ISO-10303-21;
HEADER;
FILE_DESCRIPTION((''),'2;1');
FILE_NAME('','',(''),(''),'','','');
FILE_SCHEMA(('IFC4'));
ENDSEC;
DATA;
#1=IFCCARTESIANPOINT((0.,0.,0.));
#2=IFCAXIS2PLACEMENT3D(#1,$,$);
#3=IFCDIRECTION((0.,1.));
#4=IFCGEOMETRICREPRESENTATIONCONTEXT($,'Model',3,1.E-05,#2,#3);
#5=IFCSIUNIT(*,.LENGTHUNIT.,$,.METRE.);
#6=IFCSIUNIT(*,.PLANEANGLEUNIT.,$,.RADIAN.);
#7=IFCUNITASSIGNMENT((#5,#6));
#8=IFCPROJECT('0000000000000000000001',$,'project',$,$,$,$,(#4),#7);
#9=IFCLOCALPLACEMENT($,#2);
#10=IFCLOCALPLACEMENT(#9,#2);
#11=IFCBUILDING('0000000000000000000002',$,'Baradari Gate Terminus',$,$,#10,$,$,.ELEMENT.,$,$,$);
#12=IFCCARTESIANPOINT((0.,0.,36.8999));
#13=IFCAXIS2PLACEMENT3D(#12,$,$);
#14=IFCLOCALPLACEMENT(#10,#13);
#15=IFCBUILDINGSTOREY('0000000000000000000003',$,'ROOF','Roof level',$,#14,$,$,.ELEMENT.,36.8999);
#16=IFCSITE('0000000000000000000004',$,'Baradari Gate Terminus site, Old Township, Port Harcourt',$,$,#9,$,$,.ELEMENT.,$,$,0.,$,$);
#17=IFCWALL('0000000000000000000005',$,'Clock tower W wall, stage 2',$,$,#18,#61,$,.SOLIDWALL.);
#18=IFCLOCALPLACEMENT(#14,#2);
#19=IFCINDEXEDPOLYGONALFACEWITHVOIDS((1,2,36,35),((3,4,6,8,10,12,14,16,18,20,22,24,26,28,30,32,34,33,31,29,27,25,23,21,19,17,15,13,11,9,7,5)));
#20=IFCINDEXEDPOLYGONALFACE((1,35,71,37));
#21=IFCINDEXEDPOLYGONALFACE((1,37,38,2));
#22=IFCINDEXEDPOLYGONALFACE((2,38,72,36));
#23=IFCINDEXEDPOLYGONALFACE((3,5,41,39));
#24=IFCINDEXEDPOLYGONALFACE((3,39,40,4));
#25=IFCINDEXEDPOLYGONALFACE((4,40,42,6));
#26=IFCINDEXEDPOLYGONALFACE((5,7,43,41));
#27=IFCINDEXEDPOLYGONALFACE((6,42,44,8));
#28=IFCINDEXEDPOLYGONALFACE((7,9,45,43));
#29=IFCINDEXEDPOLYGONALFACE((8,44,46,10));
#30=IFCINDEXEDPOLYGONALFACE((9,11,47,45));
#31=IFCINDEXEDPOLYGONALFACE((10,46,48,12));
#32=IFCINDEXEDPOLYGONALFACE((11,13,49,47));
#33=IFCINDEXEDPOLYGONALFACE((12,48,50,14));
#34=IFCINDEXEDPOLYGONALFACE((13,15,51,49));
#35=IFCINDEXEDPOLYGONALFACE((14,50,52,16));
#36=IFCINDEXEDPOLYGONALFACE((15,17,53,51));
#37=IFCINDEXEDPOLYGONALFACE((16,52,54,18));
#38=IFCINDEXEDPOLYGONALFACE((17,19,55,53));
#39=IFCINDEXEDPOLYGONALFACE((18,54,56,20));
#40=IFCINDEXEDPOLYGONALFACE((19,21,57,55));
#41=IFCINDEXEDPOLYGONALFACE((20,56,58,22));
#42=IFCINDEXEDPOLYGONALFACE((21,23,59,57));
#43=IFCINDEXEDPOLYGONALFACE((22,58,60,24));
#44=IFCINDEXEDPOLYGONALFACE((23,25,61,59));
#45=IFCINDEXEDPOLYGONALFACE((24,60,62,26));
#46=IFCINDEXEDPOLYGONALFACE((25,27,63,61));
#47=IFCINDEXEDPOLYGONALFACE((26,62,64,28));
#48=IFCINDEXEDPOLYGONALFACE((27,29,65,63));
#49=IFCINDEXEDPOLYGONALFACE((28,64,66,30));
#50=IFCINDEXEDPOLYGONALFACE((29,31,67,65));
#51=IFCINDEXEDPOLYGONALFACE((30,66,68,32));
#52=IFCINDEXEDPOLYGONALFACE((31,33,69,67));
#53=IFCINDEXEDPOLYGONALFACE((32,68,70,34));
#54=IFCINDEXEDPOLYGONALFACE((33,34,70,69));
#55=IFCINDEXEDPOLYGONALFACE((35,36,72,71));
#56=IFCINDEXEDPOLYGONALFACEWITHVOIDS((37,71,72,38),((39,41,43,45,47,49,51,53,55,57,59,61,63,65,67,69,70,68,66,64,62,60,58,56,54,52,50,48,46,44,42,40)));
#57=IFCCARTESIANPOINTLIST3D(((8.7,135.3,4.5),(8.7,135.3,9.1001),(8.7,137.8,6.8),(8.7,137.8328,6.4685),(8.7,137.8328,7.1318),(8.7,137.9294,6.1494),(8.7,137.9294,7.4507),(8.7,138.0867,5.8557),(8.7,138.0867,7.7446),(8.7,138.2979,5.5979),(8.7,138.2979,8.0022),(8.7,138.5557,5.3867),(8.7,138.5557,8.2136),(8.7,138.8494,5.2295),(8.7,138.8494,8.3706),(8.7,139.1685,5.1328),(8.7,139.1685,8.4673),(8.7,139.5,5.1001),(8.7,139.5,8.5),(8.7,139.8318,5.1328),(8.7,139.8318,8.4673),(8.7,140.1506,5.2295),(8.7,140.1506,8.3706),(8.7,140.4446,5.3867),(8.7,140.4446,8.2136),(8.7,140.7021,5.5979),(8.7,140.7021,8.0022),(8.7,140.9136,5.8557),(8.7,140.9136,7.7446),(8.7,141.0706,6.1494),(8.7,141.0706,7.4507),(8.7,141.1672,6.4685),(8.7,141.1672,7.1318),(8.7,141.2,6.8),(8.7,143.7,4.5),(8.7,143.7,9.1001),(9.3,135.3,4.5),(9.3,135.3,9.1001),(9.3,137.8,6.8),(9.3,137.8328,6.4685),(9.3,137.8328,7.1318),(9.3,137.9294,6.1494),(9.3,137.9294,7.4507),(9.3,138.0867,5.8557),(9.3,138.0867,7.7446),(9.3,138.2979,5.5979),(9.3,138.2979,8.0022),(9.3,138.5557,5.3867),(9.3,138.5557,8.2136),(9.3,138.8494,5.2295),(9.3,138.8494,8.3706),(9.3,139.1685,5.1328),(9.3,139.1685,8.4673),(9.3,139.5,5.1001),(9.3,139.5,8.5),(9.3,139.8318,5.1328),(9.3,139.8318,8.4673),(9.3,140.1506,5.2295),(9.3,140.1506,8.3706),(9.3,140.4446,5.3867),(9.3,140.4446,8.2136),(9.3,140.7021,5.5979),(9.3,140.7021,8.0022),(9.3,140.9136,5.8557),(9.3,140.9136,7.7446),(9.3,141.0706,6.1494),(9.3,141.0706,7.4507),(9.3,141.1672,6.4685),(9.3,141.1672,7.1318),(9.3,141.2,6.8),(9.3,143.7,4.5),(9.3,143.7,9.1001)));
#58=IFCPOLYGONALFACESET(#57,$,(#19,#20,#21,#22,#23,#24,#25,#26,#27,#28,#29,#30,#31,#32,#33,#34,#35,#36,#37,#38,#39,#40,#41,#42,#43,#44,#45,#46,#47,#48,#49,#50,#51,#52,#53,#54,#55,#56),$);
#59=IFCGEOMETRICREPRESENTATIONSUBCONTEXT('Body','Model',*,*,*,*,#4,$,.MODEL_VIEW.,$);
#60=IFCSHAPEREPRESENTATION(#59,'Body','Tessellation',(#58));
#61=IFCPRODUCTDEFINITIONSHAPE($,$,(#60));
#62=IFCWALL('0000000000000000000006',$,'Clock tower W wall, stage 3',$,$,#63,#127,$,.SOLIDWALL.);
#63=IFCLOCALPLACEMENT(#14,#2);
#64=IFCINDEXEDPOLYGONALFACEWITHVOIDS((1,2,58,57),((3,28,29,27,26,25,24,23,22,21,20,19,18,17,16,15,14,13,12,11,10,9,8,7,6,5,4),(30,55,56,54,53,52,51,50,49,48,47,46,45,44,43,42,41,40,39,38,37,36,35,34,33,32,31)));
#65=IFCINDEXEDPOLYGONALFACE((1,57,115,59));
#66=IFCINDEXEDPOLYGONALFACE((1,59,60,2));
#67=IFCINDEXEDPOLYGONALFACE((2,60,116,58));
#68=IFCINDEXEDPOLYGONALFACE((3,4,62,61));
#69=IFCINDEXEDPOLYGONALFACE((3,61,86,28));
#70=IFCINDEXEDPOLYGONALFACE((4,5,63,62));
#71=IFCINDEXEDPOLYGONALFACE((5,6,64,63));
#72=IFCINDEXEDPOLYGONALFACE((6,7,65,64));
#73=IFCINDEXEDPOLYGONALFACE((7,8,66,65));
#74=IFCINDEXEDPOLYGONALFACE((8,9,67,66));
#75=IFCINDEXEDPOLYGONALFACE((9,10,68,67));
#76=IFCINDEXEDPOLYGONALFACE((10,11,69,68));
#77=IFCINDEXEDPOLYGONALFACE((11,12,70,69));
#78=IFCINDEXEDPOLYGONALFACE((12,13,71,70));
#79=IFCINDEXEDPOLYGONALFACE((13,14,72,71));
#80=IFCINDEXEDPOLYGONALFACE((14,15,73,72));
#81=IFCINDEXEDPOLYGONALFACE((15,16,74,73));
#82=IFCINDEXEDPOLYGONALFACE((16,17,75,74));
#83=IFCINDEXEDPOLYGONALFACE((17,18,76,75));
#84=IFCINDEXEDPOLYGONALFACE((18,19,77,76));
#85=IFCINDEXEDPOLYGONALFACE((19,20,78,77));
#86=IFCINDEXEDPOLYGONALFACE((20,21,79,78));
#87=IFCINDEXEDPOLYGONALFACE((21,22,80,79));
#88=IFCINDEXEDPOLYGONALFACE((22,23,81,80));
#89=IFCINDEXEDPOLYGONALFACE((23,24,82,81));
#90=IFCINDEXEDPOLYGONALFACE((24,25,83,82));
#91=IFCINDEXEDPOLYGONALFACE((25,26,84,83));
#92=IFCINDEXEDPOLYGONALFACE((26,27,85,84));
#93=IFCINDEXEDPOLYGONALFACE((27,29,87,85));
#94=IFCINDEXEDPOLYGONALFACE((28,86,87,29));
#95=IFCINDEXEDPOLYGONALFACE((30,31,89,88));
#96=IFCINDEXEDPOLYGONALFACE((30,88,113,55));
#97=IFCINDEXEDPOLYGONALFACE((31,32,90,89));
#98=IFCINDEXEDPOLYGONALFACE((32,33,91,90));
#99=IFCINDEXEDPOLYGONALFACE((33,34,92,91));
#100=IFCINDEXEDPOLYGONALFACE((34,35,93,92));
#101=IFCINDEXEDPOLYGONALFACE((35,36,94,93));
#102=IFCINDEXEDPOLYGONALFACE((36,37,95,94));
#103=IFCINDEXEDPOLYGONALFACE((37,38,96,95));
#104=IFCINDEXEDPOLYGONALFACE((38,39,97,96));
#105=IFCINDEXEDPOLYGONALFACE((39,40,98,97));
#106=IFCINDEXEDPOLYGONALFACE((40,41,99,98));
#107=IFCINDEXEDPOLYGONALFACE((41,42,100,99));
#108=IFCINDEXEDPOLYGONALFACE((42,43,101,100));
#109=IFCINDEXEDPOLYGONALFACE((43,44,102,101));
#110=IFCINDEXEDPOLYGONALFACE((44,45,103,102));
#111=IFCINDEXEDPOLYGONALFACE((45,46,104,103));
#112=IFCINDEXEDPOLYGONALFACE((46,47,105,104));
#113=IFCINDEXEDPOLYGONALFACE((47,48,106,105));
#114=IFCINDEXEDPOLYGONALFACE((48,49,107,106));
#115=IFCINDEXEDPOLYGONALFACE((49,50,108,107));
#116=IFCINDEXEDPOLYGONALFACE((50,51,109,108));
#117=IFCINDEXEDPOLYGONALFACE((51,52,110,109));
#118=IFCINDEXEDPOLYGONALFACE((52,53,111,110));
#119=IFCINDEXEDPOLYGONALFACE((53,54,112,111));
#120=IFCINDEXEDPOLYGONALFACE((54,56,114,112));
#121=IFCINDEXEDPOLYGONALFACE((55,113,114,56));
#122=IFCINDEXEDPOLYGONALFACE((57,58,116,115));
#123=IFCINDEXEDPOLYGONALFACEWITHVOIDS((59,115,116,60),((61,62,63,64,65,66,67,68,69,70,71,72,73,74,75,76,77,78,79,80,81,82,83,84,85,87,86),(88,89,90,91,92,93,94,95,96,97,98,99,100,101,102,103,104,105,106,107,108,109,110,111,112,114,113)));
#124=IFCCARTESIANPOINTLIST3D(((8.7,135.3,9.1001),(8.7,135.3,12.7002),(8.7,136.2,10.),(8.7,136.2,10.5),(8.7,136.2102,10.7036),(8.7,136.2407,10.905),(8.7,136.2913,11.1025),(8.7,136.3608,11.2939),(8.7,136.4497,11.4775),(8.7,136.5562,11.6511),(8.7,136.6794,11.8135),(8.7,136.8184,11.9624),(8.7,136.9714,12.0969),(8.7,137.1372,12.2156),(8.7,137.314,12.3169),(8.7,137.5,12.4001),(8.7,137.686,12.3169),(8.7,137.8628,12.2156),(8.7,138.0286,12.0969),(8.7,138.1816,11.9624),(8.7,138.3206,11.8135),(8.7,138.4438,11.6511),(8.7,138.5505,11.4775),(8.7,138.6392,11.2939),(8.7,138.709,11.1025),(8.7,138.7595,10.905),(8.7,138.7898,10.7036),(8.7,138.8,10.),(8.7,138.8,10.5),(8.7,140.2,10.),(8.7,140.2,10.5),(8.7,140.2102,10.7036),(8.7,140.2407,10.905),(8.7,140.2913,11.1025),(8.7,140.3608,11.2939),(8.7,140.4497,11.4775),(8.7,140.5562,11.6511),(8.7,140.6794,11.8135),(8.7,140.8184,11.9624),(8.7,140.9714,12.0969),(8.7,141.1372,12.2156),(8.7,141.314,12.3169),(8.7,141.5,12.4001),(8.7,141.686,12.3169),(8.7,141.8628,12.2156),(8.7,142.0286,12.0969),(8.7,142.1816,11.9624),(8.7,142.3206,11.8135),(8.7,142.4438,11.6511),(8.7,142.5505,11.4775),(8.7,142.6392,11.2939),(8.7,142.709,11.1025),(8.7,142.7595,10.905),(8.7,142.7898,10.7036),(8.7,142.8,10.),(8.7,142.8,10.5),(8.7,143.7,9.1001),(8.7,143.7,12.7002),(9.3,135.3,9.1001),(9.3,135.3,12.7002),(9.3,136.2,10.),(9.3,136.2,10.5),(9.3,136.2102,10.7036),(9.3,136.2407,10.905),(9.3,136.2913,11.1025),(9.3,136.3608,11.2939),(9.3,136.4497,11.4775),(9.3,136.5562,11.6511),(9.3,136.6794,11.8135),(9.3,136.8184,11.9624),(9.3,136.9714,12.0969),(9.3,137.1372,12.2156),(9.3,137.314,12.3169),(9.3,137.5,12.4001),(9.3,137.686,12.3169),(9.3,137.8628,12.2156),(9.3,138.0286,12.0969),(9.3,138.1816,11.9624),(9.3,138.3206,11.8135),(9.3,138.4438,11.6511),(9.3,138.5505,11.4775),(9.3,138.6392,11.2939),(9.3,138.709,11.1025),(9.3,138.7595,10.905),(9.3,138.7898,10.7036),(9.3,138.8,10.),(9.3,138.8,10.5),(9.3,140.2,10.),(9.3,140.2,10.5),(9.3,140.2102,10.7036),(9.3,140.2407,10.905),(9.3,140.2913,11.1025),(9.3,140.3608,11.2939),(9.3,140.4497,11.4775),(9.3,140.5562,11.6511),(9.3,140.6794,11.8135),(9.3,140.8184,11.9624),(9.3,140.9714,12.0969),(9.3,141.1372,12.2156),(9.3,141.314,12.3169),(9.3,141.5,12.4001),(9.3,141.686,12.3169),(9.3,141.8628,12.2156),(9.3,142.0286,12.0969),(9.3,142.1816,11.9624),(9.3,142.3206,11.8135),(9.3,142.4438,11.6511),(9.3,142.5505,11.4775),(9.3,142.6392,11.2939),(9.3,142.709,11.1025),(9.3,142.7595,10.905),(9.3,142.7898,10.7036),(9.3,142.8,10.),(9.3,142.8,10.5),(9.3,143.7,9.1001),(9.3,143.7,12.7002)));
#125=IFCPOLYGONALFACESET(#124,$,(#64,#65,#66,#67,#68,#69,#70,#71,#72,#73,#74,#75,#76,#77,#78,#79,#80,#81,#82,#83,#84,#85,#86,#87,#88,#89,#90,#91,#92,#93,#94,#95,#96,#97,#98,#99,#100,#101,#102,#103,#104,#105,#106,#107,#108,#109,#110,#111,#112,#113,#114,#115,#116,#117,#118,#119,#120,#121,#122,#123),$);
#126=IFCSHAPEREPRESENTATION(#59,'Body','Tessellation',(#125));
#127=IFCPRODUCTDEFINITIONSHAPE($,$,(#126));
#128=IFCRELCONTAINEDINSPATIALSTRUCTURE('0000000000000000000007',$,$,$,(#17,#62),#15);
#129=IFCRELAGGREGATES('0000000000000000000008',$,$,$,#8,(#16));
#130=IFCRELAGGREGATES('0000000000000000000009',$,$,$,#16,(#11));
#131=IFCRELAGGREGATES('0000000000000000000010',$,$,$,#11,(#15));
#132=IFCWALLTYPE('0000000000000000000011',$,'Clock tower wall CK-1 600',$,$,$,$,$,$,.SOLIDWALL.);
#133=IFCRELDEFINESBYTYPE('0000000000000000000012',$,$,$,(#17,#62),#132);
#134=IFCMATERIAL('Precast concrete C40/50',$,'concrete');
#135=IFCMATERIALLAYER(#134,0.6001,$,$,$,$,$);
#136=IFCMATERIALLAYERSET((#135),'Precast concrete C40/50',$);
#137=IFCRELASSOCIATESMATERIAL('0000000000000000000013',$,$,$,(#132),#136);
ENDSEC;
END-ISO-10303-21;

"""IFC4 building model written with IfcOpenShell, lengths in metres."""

from ifc_helpers import new_model, si_unit, direction, frame, origin, place, context, subcontext, project, spatial, polyline, outline, extrude, material, layer, layer_set, type_object, element, save


model = new_model("IFC4")

# Units and contexts
model_context = context("Model", 3, precision=1e-05, world=origin(), true_north=direction((0.0, 1.0)))
body_context = subcontext(model_context, "Body", "Model", "MODEL_VIEW")
ifc_project = project(units=[si_unit("LENGTHUNIT", "METRE"), si_unit("PLANEANGLEUNIT", "RADIAN")], contexts=[model_context])

# Site, building, storey
site_placement = place(None, origin())
site = spatial("IfcSite", under=ifc_project, at=site_placement, Name="Baradari Gate Terminus site, Old Township, Port Harcourt", CompositionType="ELEMENT", RefElevation=0.0)
building_placement = place(site_placement, origin())
building = spatial("IfcBuilding", under=site, at=building_placement, Name="Baradari Gate Terminus", CompositionType="ELEMENT")
storey_placement = place(building_placement, frame((0.0, 0.0, 36.8999)))
storey = spatial("IfcBuildingStorey", under=building, at=storey_placement, Name="ROOF", Description="Roof level", CompositionType="ELEMENT", Elevation=36.8999)

# Walls
ifc_material_1 = material(Name="Precast concrete C40/50", Category="concrete")
ifc_layer_1 = layer(ifc_material_1, 0.6001)
ifc_layer_set_1 = layer_set([ifc_layer_1], Name="Precast concrete C40/50")
wall_type_1 = type_object("IfcWallType", Name="Clock tower wall CK-1 600", PredefinedType="SOLIDWALL", material=ifc_layer_set_1)
wall_1_placement = place(storey_placement, frame((9.0, 135.3, 4.5), z_axis=(0.0, 0.0, 1.0), x_axis=(0.0, 1.0, 0.0)))
element("IfcWall", 1, at=wall_1_placement, inside=storey, type_object=wall_type_1, Name="Clock tower W wall, stage 2", PredefinedType="SOLIDWALL", context=body_context, shape_type="SweptSolid", body=[
    extrude(outline(polyline([(8.3999, 0.0), (8.3999, 4.6001), (0.0, 4.6001), (0.0, 0.0), (8.3999, 0.0)]), holes=[polyline([(5.8672, 1.9685), (5.7705, 1.6494), (5.6135, 1.3557), (5.4021, 1.0979), (5.1445, 0.8867), (4.8506, 0.7295), (4.5317, 0.6328), (4.2, 0.6001), (3.8684, 0.6328), (3.5493, 0.7295), (3.2556, 0.8867), (2.9978, 1.0979), (2.7866, 1.3557), (2.6294, 1.6494), (2.5327, 1.9685), (2.5, 2.3), (2.5327, 2.6318), (2.6294, 2.9507), (2.7866, 3.2446), (2.9978, 3.5022), (3.2556, 3.7136), (3.5493, 3.8706), (3.8684, 3.9673), (4.2, 4.0), (4.5317, 3.9673), (4.8506, 3.8706), (5.1445, 3.7136), (5.4021, 3.5022), (5.6135, 3.2446), (5.7705, 2.9507), (5.8672, 2.6318), (5.8999, 2.3), (5.8672, 1.9685)])]), frame((0.0, 0.3, 0.0), z_axis=(0.0, -1.0, 0.0), x_axis=(1.0, 0.0, 0.0)), (0.0, 0.0, 1.0), 0.6001),
])
wall_2_placement = place(storey_placement, frame((9.0, 135.3, 9.1001), z_axis=(0.0, 0.0, 1.0), x_axis=(0.0, 1.0, 0.0)))
element("IfcWall", 2, at=wall_2_placement, inside=storey, type_object=wall_type_1, Name="Clock tower W wall, stage 3", PredefinedType="SOLIDWALL", context=body_context, shape_type="SweptSolid", body=[
    extrude(outline(polyline([(8.3999, 0.0), (8.3999, 3.6001), (0.0, 3.6001), (0.0, 0.0), (8.3999, 0.0)]), holes=[polyline([(0.8999, 0.8999), (0.8999, 1.3999), (0.9102, 1.6035), (0.9407, 1.8049), (0.9912, 2.0024), (1.0608, 2.1938), (1.1497, 2.3774), (1.2561, 2.551), (1.3794, 2.7134), (1.5183, 2.8623), (1.6714, 2.9968), (1.8372, 3.1155), (2.0139, 3.2168), (2.2, 3.3), (2.386, 3.2168), (2.5627, 3.1155), (2.7285, 2.9968), (2.8816, 2.8623), (3.0205, 2.7134), (3.1438, 2.551), (3.2505, 2.3774), (3.3391, 2.1938), (3.4089, 2.0024), (3.4595, 1.8049), (3.4897, 1.6035), (3.5, 1.3999), (3.5, 0.8999), (0.8999, 0.8999)]), polyline([(4.8999, 0.8999), (4.8999, 1.3999), (4.9102, 1.6035), (4.9407, 1.8049), (4.9912, 2.0024), (5.0608, 2.1938), (5.1497, 2.3774), (5.2561, 2.551), (5.3794, 2.7134), (5.5183, 2.8623), (5.6714, 2.9968), (5.8372, 3.1155), (6.0139, 3.2168), (6.2, 3.3), (6.386, 3.2168), (6.5627, 3.1155), (6.7285, 2.9968), (6.8816, 2.8623), (7.0205, 2.7134), (7.1438, 2.551), (7.2505, 2.3774), (7.3391, 2.1938), (7.4089, 2.0024), (7.4595, 1.8049), (7.4897, 1.6035), (7.5, 1.3999), (7.5, 0.8999), (4.8999, 0.8999)])]), frame((0.0, 0.3, 0.0), z_axis=(0.0, -1.0, 0.0), x_axis=(1.0, 0.0, 0.0)), (0.0, 0.0, 1.0), 0.6001),
])

save(model, "model.ifc")
